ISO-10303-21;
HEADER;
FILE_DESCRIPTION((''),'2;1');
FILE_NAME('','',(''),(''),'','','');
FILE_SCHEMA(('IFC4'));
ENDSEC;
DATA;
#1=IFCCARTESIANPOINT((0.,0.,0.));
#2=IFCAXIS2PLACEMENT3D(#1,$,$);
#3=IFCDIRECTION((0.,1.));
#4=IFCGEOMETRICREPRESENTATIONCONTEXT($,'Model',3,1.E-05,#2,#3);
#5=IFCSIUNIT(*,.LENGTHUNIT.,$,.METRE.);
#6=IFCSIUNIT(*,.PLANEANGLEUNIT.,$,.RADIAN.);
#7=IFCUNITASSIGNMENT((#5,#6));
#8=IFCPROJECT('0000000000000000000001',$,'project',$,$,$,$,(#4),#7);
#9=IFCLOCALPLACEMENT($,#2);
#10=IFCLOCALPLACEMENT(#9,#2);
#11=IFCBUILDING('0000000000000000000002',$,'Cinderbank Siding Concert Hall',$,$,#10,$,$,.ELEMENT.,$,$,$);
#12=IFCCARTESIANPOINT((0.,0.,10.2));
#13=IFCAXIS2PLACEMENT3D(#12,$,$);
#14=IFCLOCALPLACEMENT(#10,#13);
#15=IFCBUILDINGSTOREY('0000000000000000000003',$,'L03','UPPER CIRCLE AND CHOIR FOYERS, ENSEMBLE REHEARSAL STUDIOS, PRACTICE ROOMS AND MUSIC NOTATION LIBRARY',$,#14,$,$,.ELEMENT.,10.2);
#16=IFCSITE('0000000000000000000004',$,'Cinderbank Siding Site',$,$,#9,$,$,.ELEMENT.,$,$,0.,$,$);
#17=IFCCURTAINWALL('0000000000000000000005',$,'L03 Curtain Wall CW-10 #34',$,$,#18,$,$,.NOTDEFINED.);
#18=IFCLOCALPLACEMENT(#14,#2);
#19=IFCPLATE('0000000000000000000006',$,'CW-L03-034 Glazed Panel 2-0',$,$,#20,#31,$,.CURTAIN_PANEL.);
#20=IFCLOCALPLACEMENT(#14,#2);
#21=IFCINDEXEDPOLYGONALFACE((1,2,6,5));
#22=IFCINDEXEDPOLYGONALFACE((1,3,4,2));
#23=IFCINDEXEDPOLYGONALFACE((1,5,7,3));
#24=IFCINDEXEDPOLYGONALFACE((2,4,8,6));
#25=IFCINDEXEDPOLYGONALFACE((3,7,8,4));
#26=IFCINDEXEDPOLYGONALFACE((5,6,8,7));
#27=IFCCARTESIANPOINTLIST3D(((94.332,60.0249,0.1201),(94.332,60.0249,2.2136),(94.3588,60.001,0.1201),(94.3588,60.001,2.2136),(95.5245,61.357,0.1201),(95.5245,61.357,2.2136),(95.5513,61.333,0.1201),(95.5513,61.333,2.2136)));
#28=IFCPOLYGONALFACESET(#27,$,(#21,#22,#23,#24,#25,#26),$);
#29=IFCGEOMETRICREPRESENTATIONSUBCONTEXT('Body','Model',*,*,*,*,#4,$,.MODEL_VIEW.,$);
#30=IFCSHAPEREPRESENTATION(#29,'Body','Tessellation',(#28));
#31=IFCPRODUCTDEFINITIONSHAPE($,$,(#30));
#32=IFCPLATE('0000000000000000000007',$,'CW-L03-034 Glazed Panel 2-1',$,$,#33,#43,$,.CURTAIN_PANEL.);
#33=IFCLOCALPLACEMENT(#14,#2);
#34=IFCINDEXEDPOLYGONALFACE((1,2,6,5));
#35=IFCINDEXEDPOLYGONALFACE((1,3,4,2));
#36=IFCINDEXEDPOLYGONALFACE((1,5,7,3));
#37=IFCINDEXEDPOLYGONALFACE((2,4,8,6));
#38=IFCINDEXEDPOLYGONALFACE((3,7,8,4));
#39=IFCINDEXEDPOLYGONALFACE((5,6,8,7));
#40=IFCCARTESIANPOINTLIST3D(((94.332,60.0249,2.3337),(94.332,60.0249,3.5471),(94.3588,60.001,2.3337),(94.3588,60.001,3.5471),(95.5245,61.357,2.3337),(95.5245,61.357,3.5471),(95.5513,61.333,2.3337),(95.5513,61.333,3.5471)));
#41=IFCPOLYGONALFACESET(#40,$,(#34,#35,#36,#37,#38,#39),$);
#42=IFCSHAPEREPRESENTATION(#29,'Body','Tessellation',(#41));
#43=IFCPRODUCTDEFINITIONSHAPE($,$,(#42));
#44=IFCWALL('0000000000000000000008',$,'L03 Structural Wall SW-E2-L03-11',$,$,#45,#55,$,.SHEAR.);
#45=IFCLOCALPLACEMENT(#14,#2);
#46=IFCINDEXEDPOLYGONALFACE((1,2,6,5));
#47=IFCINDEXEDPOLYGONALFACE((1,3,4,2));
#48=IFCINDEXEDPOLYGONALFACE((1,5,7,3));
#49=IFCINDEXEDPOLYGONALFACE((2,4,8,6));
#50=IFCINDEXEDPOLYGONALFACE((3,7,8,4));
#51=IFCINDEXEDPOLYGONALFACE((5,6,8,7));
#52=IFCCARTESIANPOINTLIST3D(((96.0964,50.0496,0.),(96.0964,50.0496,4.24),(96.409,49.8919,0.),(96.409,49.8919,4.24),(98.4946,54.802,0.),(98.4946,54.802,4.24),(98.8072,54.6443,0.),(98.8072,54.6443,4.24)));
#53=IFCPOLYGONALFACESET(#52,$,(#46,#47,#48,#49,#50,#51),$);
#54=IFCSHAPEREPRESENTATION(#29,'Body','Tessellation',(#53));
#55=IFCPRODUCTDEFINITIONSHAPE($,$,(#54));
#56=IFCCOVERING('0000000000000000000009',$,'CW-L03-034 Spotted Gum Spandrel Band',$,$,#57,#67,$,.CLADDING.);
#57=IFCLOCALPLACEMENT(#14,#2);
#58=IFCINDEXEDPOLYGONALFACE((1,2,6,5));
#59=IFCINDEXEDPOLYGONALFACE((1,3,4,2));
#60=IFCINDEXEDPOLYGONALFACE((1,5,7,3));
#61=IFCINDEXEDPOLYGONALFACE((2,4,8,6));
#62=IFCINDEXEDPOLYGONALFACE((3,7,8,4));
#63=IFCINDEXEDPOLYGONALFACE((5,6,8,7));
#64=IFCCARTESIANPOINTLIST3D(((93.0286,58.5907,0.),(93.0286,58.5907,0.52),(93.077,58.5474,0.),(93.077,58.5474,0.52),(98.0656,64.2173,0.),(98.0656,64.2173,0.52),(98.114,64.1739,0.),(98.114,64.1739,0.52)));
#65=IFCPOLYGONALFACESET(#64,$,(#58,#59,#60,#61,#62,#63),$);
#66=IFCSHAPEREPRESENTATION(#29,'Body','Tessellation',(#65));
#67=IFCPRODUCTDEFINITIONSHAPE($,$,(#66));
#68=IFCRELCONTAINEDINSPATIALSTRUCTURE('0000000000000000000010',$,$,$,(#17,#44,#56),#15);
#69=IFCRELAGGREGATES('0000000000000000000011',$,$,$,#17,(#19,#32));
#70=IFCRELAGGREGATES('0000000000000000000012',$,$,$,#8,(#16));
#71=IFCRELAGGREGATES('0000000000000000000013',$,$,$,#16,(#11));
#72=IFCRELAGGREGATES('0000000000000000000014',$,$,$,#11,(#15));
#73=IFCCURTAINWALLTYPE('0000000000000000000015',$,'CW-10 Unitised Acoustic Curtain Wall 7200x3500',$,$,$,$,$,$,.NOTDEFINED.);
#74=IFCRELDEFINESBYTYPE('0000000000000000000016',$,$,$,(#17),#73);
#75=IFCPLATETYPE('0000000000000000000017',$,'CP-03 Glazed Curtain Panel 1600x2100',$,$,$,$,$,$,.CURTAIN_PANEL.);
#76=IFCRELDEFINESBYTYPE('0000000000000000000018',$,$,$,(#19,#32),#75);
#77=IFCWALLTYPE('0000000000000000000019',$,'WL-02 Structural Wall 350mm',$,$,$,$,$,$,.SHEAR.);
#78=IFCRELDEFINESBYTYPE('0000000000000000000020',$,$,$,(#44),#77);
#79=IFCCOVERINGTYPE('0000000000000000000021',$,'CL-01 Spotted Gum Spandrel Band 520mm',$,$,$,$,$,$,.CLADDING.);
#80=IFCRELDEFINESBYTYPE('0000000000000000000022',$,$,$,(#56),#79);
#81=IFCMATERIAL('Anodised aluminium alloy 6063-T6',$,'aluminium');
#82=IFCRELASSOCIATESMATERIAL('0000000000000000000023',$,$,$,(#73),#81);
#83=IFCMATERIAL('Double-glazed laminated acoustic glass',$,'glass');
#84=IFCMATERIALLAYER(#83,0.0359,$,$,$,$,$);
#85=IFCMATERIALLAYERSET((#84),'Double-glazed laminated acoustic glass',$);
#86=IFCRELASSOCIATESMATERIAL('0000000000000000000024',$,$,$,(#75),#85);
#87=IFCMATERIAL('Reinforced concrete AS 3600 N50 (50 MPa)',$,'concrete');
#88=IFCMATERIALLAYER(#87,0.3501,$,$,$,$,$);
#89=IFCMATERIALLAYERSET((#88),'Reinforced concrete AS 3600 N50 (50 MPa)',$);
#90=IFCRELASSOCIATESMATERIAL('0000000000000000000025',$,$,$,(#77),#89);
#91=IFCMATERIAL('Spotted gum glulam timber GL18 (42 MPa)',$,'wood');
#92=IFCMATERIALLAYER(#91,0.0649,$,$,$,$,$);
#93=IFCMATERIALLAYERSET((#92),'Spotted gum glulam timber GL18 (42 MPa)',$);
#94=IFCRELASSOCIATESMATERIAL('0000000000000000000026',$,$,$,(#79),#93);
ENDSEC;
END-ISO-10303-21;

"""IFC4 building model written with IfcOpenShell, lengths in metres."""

from ifc_helpers import new_model, si_unit, direction, frame, frame_2d, origin, origin_2d, place, context, subcontext, project, spatial, rectangle, extrude, material, layer, layer_set, type_object, element, aggregate, save


model = new_model("IFC4")

# Units and contexts
model_context = context("Model", 3, precision=1e-05, world=origin(), true_north=direction((0.0, 1.0)))
body_context = subcontext(model_context, "Body", "Model", "MODEL_VIEW")
ifc_project = project(units=[si_unit("LENGTHUNIT", "METRE"), si_unit("PLANEANGLEUNIT", "RADIAN")], contexts=[model_context])

# Site, building, storey
site_placement = place(None, origin())
site = spatial("IfcSite", under=ifc_project, at=site_placement, Name="Cinderbank Siding Site", CompositionType="ELEMENT", RefElevation=0.0)
building_placement = place(site_placement, origin())
building = spatial("IfcBuilding", under=site, at=building_placement, Name="Cinderbank Siding Concert Hall", CompositionType="ELEMENT")
storey_placement = place(building_placement, frame((0.0, 0.0, 10.2)))
storey = spatial("IfcBuildingStorey", under=building, at=storey_placement, Name="L03", Description="UPPER CIRCLE AND CHOIR FOYERS, ENSEMBLE REHEARSAL STUDIOS, PRACTICE ROOMS AND MUSIC NOTATION LIBRARY", CompositionType="ELEMENT", Elevation=10.2)

# Shared definitions
ifc_material_1 = material(Name="Reinforced concrete AS 3600 N50 (50 MPa)", Category="concrete")

# Curtain wall
ifc_material_2 = material(Name="Anodised aluminium alloy 6063-T6", Category="aluminium")
curtain_wall_type_1 = type_object("IfcCurtainWallType", Name="CW-10 Unitised Acoustic Curtain Wall 7200x3500", PredefinedType="NOTDEFINED", material=ifc_material_2)
curtain_wall_1_placement = place(storey_placement, origin())
curtain_wall_1 = element("IfcCurtainWall", 1, at=curtain_wall_1_placement, inside=storey, type_object=curtain_wall_type_1, Name="L03 Curtain Wall CW-10 #34", PredefinedType="NOTDEFINED")

# Shared definitions
ifc_material_3 = material(Name="Spotted gum glulam timber GL18 (42 MPa)", Category="wood")

# Plates
ifc_material_4 = material(Name="Double-glazed laminated acoustic glass", Category="glass")
ifc_layer_1 = layer(ifc_material_4, 0.0359)
ifc_layer_set_1 = layer_set([ifc_layer_1], Name="Double-glazed laminated acoustic glass")
plate_type_1 = type_object("IfcPlateType", Name="CP-03 Glazed Curtain Panel 1600x2100", PredefinedType="CURTAIN_PANEL", material=ifc_layer_set_1)
plate_1_placement = place(storey_placement, frame((94.9417, 60.679, 0.1201), z_axis=(0.0, 0.0, 1.0), x_axis=(-0.666993, -0.745064, 0.0)))
plate_1 = element("IfcPlate", 2, at=plate_1_placement, type_object=plate_type_1, Name="CW-L03-034 Glazed Panel 2-0", PredefinedType="CURTAIN_PANEL", context=body_context, shape_type="SweptSolid", body=[
    extrude(rectangle(XDim=1.7878, YDim=0.0359, at=origin_2d()), origin(), (0.0, 0.0, 1.0), 2.0935),
])
plate_2_placement = place(storey_placement, frame((94.9417, 60.679, 2.3337), z_axis=(0.0, 0.0, 1.0), x_axis=(-0.666993, -0.745064, 0.0)))
plate_2 = element("IfcPlate", 3, at=plate_2_placement, type_object=plate_type_1, Name="CW-L03-034 Glazed Panel 2-1", PredefinedType="CURTAIN_PANEL", context=body_context, shape_type="SweptSolid", body=[
    extrude(rectangle(XDim=1.7878, YDim=0.0359, at=origin_2d()), origin(), (0.0, 0.0, 1.0), 1.2134),
])
aggregate(curtain_wall_1, [plate_1, plate_2])

# Wall
ifc_layer_2 = layer(ifc_material_1, 0.3501)
ifc_layer_set_2 = layer_set([ifc_layer_2], Name="Reinforced concrete AS 3600 N50 (50 MPa)")
wall_type = type_object("IfcWallType", Name="WL-02 Structural Wall 350mm", PredefinedType="SHEAR", material=ifc_layer_set_2)
wall_placement = place(storey_placement, frame((98.6509, 54.7231, 0.0), z_axis=(0.0, 0.0, 1.0), x_axis=(-0.450513, -0.89277, 0.0)))
element("IfcWall", 4, at=wall_placement, inside=storey, type_object=wall_type, Name="L03 Structural Wall SW-E2-L03-11", PredefinedType="SHEAR", context=body_context, shape_type="SweptSolid", body=[
    extrude(rectangle(XDim=5.3232, YDim=0.3501, at=frame_2d((2.6616, 0.0))), origin(), (0.0, 0.0, 1.0), 4.24),
])

# Covering
ifc_layer_3 = layer(ifc_material_3, 0.0649)
ifc_layer_set_3 = layer_set([ifc_layer_3], Name="Spotted gum glulam timber GL18 (42 MPa)")
covering_type = type_object("IfcCoveringType", Name="CL-01 Spotted Gum Spandrel Band 520mm", PredefinedType="CLADDING", material=ifc_layer_set_3)
covering_placement = place(storey_placement, frame((95.5713, 61.3823, 0.0), z_axis=(0.0, 0.0, 1.0), x_axis=(-0.666993, -0.745064, 0.0)))
element("IfcCovering", 5, at=covering_placement, inside=storey, type_object=covering_type, Name="CW-L03-034 Spotted Gum Spandrel Band", PredefinedType="CLADDING", context=body_context, shape_type="SweptSolid", body=[
    extrude(rectangle(XDim=7.5518, YDim=0.0649, at=origin_2d()), origin(), (0.0, 0.0, 1.0), 0.52),
])

save(model, "model.ifc")
